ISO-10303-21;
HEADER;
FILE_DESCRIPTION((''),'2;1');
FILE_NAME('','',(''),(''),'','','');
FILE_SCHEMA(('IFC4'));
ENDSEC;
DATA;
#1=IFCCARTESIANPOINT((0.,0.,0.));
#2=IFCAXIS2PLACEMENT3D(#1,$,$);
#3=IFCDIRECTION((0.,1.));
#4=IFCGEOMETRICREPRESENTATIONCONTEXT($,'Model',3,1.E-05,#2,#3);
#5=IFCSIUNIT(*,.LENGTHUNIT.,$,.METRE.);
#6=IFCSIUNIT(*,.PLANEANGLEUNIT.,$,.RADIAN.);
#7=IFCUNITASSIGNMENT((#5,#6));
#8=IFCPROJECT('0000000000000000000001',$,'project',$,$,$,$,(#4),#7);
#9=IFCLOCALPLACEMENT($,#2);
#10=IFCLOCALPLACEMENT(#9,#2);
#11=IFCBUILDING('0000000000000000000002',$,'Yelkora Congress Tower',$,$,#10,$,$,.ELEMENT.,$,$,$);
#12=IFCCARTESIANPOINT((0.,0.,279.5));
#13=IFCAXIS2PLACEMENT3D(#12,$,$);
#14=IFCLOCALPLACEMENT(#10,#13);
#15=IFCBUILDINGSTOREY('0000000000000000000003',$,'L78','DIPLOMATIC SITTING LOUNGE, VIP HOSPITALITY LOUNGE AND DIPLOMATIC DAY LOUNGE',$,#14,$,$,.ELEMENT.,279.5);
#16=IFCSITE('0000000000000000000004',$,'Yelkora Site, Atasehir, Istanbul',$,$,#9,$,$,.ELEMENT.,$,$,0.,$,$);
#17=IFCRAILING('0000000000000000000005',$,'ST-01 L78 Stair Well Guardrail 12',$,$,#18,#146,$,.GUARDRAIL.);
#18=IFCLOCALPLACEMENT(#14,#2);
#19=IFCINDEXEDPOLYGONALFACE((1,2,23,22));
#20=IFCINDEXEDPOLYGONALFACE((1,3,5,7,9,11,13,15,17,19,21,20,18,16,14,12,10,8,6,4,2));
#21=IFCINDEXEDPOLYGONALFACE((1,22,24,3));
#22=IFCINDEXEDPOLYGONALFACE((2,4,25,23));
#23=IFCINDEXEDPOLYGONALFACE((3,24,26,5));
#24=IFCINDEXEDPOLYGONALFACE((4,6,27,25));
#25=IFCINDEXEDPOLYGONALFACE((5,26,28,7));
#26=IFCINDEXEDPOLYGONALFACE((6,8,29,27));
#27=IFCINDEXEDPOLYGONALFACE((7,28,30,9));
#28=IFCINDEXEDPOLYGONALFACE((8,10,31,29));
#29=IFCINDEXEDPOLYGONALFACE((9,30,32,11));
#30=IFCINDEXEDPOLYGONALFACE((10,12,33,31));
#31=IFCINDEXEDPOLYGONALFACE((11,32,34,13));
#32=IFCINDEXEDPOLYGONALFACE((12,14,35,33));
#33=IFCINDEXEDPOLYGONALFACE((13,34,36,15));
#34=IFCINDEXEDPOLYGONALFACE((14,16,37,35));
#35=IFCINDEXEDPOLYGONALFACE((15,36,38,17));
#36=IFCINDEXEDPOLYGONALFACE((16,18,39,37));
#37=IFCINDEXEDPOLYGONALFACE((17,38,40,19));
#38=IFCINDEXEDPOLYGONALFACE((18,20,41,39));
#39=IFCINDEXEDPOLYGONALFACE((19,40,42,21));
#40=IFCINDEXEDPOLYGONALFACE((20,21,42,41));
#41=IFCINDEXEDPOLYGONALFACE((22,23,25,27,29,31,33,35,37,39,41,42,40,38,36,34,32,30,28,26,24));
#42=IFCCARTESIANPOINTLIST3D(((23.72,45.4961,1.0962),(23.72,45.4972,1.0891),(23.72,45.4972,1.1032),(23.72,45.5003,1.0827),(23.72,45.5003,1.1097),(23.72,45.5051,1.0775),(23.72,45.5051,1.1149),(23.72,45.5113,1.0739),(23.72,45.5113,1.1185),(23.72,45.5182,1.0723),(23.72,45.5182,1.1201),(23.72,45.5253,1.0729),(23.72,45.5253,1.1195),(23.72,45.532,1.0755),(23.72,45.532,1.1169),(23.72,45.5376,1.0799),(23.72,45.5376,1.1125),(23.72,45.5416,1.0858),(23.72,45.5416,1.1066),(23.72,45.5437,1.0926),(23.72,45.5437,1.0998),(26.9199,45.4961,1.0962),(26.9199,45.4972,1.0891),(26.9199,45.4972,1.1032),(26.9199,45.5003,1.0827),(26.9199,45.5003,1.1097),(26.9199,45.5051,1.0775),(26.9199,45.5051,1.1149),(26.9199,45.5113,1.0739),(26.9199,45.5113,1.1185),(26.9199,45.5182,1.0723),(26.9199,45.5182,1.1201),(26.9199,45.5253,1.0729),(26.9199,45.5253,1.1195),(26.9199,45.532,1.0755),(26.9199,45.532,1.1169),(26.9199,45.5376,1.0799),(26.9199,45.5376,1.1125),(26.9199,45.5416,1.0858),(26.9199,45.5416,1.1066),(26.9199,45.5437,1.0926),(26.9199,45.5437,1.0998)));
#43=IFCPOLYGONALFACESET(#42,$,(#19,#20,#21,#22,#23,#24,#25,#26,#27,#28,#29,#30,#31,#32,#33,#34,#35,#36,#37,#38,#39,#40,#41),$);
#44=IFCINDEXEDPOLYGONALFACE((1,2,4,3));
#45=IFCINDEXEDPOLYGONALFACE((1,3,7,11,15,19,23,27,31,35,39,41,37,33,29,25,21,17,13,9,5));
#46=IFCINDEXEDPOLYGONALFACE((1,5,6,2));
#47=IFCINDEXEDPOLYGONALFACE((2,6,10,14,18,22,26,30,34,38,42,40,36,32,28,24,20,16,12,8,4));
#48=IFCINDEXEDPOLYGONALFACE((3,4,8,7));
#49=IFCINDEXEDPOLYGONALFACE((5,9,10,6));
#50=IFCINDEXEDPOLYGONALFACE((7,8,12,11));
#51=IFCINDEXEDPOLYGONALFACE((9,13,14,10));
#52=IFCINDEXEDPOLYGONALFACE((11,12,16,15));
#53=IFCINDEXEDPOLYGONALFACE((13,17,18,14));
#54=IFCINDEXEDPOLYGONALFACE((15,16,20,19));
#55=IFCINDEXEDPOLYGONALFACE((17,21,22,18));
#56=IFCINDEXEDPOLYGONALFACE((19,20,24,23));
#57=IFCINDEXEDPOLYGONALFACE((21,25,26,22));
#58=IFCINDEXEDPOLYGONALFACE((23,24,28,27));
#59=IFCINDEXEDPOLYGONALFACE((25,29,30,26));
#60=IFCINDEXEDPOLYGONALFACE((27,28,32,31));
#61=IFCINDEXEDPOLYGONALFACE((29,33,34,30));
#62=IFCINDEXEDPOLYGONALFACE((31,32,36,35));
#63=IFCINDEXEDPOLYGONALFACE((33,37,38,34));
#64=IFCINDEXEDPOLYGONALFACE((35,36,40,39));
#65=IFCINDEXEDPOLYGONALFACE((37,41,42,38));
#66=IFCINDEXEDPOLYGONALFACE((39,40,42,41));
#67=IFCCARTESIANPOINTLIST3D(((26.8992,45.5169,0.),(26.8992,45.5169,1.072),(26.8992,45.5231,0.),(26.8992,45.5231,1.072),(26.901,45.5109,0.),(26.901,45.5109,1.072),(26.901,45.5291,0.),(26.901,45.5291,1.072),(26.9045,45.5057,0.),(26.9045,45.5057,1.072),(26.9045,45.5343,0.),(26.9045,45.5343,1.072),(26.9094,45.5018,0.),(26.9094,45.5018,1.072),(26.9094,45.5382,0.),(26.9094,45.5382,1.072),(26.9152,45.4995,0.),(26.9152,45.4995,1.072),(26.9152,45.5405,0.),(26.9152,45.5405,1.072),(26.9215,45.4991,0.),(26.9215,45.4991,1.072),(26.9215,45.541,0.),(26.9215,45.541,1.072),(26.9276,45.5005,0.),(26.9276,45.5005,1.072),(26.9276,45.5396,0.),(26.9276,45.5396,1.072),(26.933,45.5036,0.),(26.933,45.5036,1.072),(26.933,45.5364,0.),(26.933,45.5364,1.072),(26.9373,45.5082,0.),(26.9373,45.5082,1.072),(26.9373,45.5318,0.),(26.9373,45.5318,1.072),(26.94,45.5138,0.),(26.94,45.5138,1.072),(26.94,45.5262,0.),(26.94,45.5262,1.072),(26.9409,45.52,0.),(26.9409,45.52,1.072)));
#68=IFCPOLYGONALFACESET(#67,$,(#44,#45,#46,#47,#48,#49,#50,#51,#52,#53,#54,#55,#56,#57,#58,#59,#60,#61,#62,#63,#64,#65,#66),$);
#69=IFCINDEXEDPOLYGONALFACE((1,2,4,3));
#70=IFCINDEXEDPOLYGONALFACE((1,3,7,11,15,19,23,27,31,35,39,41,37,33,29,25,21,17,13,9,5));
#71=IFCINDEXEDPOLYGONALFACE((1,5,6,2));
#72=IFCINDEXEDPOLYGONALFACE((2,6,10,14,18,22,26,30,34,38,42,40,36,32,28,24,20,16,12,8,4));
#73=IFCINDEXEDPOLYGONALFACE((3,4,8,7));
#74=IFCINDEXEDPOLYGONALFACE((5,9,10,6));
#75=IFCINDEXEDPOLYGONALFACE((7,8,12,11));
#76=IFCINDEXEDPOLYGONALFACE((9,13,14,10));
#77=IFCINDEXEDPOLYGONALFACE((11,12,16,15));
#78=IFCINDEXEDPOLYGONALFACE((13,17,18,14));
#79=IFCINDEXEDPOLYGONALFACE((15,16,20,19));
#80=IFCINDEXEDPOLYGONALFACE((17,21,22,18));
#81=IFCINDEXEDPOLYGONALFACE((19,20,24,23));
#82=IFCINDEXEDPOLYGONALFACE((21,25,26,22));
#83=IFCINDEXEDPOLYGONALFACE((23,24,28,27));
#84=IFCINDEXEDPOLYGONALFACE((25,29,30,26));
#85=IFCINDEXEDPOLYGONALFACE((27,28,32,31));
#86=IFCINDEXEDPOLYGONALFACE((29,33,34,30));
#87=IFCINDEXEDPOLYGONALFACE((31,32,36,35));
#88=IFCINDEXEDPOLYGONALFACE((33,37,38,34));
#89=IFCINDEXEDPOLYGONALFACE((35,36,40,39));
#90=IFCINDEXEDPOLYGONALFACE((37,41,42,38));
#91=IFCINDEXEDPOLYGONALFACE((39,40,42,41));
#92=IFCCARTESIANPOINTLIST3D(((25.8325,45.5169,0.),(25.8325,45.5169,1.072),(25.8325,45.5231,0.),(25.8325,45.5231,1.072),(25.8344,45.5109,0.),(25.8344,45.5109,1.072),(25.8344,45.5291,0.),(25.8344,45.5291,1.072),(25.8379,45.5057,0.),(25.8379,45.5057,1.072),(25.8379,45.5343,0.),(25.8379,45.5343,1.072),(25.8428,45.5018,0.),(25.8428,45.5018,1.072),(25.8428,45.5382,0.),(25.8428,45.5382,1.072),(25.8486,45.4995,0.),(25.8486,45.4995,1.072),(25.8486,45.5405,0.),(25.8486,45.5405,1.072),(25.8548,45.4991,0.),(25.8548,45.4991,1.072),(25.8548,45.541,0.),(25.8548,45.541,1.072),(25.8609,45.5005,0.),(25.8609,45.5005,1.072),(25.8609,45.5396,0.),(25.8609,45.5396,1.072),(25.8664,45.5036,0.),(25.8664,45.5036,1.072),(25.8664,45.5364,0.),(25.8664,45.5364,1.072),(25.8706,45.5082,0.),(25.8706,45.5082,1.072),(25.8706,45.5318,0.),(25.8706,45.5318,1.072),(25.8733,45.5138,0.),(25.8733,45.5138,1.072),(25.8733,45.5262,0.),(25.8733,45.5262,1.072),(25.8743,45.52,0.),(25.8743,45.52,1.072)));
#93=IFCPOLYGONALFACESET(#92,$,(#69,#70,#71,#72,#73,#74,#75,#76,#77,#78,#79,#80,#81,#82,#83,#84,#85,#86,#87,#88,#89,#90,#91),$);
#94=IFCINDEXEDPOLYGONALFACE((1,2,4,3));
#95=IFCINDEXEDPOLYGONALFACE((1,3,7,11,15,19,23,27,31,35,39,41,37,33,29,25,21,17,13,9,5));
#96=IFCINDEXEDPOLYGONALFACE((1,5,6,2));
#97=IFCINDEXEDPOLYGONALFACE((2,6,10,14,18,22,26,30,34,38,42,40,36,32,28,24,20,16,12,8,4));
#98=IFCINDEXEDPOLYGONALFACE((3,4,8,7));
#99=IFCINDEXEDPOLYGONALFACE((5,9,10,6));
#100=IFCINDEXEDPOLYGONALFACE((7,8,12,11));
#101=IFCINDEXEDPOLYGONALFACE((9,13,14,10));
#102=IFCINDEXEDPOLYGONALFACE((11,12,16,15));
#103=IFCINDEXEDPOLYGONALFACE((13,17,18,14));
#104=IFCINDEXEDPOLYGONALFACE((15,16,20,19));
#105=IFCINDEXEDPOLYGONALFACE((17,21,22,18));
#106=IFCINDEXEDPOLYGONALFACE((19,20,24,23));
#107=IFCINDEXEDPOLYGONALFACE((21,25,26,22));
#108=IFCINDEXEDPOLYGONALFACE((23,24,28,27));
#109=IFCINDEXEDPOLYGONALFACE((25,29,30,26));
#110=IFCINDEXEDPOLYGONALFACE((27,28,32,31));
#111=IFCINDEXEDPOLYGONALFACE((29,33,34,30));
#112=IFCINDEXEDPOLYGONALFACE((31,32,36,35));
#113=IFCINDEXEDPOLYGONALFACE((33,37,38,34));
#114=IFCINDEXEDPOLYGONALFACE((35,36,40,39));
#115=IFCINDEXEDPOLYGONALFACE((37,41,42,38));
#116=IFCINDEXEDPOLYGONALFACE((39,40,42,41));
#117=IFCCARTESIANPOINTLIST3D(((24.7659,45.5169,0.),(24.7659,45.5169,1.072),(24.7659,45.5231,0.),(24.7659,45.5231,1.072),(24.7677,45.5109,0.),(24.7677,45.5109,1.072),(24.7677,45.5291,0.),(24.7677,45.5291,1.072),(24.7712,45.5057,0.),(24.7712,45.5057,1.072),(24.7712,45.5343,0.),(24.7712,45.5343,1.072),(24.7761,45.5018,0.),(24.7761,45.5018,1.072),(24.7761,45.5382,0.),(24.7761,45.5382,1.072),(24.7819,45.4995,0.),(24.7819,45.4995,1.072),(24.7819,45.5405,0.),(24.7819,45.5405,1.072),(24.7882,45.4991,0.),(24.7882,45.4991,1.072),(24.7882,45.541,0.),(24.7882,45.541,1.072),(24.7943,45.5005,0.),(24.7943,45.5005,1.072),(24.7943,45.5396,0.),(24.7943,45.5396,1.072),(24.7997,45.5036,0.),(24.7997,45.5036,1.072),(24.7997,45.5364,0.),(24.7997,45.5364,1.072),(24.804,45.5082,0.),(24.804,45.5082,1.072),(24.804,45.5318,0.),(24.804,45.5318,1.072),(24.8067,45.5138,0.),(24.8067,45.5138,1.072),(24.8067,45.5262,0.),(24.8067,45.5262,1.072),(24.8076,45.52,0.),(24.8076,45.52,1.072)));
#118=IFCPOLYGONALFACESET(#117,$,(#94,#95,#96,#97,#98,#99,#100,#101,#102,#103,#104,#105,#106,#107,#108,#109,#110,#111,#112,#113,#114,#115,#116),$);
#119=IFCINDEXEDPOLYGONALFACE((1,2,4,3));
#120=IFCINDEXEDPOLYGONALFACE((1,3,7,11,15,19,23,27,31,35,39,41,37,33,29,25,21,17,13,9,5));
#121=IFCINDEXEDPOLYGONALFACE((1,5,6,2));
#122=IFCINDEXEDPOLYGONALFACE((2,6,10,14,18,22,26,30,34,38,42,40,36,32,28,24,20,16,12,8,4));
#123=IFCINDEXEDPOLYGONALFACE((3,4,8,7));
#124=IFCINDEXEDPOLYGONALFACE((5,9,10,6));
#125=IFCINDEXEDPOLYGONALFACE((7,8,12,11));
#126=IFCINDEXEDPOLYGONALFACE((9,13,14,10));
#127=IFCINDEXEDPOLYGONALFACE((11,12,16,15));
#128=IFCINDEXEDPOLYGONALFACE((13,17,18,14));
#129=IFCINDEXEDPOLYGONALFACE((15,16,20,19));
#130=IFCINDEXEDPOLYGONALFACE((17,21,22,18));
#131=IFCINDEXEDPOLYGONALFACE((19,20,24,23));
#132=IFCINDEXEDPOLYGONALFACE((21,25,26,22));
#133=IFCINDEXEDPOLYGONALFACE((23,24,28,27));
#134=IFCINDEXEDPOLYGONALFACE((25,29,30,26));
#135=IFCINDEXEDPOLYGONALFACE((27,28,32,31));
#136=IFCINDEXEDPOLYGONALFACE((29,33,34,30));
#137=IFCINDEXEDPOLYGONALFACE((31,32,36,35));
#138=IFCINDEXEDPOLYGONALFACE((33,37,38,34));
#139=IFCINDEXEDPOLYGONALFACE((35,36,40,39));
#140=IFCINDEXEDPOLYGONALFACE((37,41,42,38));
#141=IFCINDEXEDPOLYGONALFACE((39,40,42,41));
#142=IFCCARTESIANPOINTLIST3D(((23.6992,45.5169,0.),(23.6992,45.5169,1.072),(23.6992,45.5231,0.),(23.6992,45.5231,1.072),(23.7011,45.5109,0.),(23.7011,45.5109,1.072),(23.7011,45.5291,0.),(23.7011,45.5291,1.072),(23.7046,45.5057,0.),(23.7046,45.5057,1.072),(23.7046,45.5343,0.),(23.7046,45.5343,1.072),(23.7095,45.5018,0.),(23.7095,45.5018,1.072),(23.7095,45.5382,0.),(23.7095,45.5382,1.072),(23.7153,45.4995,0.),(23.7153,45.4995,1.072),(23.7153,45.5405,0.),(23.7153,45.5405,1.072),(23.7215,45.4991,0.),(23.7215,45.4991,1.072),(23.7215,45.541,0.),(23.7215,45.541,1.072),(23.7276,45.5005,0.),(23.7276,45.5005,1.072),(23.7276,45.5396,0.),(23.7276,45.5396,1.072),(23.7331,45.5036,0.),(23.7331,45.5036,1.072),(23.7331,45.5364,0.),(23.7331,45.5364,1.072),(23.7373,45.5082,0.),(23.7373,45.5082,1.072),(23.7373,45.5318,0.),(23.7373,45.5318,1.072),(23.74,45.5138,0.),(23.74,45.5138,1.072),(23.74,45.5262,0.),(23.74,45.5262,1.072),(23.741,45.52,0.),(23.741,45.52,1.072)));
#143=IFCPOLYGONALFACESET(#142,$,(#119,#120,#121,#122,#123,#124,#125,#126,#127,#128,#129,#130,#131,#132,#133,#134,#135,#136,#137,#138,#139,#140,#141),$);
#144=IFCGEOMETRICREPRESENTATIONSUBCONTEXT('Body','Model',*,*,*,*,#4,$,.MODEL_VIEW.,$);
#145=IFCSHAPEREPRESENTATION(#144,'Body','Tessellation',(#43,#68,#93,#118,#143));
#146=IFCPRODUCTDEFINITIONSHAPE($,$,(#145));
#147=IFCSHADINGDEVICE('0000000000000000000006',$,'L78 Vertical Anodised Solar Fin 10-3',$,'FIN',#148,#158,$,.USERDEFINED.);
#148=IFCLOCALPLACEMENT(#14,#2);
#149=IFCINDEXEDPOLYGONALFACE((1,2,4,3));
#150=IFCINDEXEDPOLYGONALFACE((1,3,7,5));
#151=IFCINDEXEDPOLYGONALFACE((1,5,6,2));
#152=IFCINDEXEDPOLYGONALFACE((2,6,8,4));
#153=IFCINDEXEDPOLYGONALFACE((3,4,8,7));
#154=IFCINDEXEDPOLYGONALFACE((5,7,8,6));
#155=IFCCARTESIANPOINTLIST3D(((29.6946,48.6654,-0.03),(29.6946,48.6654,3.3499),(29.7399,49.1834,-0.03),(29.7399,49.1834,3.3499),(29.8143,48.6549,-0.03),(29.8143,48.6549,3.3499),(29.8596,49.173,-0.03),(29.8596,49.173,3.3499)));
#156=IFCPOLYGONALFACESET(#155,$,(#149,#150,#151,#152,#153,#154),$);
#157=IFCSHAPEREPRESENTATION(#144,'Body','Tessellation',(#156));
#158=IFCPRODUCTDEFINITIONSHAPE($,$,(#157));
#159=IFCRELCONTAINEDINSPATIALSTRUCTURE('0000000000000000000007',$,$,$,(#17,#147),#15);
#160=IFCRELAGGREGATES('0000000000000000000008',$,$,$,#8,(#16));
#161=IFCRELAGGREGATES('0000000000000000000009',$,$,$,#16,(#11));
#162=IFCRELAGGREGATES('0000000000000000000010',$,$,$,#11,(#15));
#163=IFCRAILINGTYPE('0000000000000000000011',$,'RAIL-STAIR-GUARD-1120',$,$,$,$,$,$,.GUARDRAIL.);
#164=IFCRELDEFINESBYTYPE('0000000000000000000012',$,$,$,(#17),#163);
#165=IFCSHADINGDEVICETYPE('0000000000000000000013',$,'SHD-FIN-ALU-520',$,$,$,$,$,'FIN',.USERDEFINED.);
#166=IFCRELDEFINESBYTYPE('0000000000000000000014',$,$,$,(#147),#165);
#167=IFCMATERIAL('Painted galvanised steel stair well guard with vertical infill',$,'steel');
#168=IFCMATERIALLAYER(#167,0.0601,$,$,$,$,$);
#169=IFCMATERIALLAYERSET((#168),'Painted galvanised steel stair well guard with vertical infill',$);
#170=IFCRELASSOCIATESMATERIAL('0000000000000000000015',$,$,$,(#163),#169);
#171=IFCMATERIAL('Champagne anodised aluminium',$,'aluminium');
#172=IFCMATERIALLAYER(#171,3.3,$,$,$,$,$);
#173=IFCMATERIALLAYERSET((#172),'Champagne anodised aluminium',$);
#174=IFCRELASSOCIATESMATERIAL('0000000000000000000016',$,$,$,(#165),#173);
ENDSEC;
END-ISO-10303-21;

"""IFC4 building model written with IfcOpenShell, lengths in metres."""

from ifc_helpers import new_model, si_unit, direction, frame, origin, origin_2d, place, context, subcontext, project, spatial, rectangle, circle, extrude, material, layer, layer_set, type_object, element, save


model = new_model("IFC4")

# Units and contexts
model_context = context("Model", 3, precision=1e-05, world=origin(), true_north=direction((0.0, 1.0)))
body_context = subcontext(model_context, "Body", "Model", "MODEL_VIEW")
ifc_project = project(units=[si_unit("LENGTHUNIT", "METRE"), si_unit("PLANEANGLEUNIT", "RADIAN")], contexts=[model_context])

# Site, building, storey
site_placement = place(None, origin())
site = spatial("IfcSite", under=ifc_project, at=site_placement, Name="Yelkora Site, Atasehir, Istanbul", CompositionType="ELEMENT", RefElevation=0.0)
building_placement = place(site_placement, origin())
building = spatial("IfcBuilding", under=site, at=building_placement, Name="Yelkora Congress Tower", CompositionType="ELEMENT")
storey_placement = place(building_placement, frame((0.0, 0.0, 279.5)))
storey = spatial("IfcBuildingStorey", under=building, at=storey_placement, Name="L78", Description="DIPLOMATIC SITTING LOUNGE, VIP HOSPITALITY LOUNGE AND DIPLOMATIC DAY LOUNGE", CompositionType="ELEMENT", Elevation=279.5)

# Railing
ifc_material_1 = material(Name="Painted galvanised steel stair well guard with vertical infill", Category="steel")
ifc_layer_1 = layer(ifc_material_1, 0.0601)
ifc_layer_set_1 = layer_set([ifc_layer_1], Name="Painted galvanised steel stair well guard with vertical infill")
railing_type = type_object("IfcRailingType", Name="RAIL-STAIR-GUARD-1120", PredefinedType="GUARDRAIL", material=ifc_layer_set_1)
railing_1_placement = place(storey_placement, frame((26.9199, 45.52, 0.0)))
element("IfcRailing", 1, at=railing_1_placement, inside=storey, type_object=railing_type, Name="ST-01 L78 Stair Well Guardrail 12", PredefinedType="GUARDRAIL", context=body_context, shape_type="SweptSolid", body=[
    extrude(circle(Radius=0.0239, at=origin_2d()), frame((0.0, 0.0, 1.0962), z_axis=(-1.0, 0.0, 0.0), x_axis=(0.0, -1.0, 0.0)), (0.0, 0.0, 1.0), 3.2),
    extrude(circle(Radius=0.021, at=origin_2d()), origin(), (0.0, 0.0, 1.0), 1.072),
    extrude(circle(Radius=0.021, at=origin_2d()), frame((-1.0667, 0.0, 0.0)), (0.0, 0.0, 1.0), 1.072),
    extrude(circle(Radius=0.021, at=origin_2d()), frame((-2.1333, 0.0, 0.0)), (0.0, 0.0, 1.0), 1.072),
    extrude(circle(Radius=0.021, at=origin_2d()), frame((-3.2, 0.0, 0.0)), (0.0, 0.0, 1.0), 1.072),
])

# Shading device
ifc_material_2 = material(Name="Champagne anodised aluminium", Category="aluminium")
ifc_layer_2 = layer(ifc_material_2, 3.3)
ifc_layer_set_2 = layer_set([ifc_layer_2], Name="Champagne anodised aluminium")
shading_device_type = type_object("IfcShadingDeviceType", Name="SHD-FIN-ALU-520", ElementType="FIN", PredefinedType="USERDEFINED", material=ifc_layer_set_2)
shading_device_placement = place(storey_placement, frame((29.7771, 48.9192, -0.03), z_axis=(0.0, 0.0, 1.0), x_axis=(0.996195, -0.087156, 0.0)))
element("IfcShadingDevice", 2, at=shading_device_placement, inside=storey, type_object=shading_device_type, Name="L78 Vertical Anodised Solar Fin 10-3", ObjectType="FIN", PredefinedType="USERDEFINED", context=body_context, shape_type="SweptSolid", body=[
    extrude(rectangle(XDim=0.1201, YDim=0.52, at=origin_2d()), origin(), (0.0, 0.0, 1.0), 3.3799),
])

save(model, "model.ifc")
